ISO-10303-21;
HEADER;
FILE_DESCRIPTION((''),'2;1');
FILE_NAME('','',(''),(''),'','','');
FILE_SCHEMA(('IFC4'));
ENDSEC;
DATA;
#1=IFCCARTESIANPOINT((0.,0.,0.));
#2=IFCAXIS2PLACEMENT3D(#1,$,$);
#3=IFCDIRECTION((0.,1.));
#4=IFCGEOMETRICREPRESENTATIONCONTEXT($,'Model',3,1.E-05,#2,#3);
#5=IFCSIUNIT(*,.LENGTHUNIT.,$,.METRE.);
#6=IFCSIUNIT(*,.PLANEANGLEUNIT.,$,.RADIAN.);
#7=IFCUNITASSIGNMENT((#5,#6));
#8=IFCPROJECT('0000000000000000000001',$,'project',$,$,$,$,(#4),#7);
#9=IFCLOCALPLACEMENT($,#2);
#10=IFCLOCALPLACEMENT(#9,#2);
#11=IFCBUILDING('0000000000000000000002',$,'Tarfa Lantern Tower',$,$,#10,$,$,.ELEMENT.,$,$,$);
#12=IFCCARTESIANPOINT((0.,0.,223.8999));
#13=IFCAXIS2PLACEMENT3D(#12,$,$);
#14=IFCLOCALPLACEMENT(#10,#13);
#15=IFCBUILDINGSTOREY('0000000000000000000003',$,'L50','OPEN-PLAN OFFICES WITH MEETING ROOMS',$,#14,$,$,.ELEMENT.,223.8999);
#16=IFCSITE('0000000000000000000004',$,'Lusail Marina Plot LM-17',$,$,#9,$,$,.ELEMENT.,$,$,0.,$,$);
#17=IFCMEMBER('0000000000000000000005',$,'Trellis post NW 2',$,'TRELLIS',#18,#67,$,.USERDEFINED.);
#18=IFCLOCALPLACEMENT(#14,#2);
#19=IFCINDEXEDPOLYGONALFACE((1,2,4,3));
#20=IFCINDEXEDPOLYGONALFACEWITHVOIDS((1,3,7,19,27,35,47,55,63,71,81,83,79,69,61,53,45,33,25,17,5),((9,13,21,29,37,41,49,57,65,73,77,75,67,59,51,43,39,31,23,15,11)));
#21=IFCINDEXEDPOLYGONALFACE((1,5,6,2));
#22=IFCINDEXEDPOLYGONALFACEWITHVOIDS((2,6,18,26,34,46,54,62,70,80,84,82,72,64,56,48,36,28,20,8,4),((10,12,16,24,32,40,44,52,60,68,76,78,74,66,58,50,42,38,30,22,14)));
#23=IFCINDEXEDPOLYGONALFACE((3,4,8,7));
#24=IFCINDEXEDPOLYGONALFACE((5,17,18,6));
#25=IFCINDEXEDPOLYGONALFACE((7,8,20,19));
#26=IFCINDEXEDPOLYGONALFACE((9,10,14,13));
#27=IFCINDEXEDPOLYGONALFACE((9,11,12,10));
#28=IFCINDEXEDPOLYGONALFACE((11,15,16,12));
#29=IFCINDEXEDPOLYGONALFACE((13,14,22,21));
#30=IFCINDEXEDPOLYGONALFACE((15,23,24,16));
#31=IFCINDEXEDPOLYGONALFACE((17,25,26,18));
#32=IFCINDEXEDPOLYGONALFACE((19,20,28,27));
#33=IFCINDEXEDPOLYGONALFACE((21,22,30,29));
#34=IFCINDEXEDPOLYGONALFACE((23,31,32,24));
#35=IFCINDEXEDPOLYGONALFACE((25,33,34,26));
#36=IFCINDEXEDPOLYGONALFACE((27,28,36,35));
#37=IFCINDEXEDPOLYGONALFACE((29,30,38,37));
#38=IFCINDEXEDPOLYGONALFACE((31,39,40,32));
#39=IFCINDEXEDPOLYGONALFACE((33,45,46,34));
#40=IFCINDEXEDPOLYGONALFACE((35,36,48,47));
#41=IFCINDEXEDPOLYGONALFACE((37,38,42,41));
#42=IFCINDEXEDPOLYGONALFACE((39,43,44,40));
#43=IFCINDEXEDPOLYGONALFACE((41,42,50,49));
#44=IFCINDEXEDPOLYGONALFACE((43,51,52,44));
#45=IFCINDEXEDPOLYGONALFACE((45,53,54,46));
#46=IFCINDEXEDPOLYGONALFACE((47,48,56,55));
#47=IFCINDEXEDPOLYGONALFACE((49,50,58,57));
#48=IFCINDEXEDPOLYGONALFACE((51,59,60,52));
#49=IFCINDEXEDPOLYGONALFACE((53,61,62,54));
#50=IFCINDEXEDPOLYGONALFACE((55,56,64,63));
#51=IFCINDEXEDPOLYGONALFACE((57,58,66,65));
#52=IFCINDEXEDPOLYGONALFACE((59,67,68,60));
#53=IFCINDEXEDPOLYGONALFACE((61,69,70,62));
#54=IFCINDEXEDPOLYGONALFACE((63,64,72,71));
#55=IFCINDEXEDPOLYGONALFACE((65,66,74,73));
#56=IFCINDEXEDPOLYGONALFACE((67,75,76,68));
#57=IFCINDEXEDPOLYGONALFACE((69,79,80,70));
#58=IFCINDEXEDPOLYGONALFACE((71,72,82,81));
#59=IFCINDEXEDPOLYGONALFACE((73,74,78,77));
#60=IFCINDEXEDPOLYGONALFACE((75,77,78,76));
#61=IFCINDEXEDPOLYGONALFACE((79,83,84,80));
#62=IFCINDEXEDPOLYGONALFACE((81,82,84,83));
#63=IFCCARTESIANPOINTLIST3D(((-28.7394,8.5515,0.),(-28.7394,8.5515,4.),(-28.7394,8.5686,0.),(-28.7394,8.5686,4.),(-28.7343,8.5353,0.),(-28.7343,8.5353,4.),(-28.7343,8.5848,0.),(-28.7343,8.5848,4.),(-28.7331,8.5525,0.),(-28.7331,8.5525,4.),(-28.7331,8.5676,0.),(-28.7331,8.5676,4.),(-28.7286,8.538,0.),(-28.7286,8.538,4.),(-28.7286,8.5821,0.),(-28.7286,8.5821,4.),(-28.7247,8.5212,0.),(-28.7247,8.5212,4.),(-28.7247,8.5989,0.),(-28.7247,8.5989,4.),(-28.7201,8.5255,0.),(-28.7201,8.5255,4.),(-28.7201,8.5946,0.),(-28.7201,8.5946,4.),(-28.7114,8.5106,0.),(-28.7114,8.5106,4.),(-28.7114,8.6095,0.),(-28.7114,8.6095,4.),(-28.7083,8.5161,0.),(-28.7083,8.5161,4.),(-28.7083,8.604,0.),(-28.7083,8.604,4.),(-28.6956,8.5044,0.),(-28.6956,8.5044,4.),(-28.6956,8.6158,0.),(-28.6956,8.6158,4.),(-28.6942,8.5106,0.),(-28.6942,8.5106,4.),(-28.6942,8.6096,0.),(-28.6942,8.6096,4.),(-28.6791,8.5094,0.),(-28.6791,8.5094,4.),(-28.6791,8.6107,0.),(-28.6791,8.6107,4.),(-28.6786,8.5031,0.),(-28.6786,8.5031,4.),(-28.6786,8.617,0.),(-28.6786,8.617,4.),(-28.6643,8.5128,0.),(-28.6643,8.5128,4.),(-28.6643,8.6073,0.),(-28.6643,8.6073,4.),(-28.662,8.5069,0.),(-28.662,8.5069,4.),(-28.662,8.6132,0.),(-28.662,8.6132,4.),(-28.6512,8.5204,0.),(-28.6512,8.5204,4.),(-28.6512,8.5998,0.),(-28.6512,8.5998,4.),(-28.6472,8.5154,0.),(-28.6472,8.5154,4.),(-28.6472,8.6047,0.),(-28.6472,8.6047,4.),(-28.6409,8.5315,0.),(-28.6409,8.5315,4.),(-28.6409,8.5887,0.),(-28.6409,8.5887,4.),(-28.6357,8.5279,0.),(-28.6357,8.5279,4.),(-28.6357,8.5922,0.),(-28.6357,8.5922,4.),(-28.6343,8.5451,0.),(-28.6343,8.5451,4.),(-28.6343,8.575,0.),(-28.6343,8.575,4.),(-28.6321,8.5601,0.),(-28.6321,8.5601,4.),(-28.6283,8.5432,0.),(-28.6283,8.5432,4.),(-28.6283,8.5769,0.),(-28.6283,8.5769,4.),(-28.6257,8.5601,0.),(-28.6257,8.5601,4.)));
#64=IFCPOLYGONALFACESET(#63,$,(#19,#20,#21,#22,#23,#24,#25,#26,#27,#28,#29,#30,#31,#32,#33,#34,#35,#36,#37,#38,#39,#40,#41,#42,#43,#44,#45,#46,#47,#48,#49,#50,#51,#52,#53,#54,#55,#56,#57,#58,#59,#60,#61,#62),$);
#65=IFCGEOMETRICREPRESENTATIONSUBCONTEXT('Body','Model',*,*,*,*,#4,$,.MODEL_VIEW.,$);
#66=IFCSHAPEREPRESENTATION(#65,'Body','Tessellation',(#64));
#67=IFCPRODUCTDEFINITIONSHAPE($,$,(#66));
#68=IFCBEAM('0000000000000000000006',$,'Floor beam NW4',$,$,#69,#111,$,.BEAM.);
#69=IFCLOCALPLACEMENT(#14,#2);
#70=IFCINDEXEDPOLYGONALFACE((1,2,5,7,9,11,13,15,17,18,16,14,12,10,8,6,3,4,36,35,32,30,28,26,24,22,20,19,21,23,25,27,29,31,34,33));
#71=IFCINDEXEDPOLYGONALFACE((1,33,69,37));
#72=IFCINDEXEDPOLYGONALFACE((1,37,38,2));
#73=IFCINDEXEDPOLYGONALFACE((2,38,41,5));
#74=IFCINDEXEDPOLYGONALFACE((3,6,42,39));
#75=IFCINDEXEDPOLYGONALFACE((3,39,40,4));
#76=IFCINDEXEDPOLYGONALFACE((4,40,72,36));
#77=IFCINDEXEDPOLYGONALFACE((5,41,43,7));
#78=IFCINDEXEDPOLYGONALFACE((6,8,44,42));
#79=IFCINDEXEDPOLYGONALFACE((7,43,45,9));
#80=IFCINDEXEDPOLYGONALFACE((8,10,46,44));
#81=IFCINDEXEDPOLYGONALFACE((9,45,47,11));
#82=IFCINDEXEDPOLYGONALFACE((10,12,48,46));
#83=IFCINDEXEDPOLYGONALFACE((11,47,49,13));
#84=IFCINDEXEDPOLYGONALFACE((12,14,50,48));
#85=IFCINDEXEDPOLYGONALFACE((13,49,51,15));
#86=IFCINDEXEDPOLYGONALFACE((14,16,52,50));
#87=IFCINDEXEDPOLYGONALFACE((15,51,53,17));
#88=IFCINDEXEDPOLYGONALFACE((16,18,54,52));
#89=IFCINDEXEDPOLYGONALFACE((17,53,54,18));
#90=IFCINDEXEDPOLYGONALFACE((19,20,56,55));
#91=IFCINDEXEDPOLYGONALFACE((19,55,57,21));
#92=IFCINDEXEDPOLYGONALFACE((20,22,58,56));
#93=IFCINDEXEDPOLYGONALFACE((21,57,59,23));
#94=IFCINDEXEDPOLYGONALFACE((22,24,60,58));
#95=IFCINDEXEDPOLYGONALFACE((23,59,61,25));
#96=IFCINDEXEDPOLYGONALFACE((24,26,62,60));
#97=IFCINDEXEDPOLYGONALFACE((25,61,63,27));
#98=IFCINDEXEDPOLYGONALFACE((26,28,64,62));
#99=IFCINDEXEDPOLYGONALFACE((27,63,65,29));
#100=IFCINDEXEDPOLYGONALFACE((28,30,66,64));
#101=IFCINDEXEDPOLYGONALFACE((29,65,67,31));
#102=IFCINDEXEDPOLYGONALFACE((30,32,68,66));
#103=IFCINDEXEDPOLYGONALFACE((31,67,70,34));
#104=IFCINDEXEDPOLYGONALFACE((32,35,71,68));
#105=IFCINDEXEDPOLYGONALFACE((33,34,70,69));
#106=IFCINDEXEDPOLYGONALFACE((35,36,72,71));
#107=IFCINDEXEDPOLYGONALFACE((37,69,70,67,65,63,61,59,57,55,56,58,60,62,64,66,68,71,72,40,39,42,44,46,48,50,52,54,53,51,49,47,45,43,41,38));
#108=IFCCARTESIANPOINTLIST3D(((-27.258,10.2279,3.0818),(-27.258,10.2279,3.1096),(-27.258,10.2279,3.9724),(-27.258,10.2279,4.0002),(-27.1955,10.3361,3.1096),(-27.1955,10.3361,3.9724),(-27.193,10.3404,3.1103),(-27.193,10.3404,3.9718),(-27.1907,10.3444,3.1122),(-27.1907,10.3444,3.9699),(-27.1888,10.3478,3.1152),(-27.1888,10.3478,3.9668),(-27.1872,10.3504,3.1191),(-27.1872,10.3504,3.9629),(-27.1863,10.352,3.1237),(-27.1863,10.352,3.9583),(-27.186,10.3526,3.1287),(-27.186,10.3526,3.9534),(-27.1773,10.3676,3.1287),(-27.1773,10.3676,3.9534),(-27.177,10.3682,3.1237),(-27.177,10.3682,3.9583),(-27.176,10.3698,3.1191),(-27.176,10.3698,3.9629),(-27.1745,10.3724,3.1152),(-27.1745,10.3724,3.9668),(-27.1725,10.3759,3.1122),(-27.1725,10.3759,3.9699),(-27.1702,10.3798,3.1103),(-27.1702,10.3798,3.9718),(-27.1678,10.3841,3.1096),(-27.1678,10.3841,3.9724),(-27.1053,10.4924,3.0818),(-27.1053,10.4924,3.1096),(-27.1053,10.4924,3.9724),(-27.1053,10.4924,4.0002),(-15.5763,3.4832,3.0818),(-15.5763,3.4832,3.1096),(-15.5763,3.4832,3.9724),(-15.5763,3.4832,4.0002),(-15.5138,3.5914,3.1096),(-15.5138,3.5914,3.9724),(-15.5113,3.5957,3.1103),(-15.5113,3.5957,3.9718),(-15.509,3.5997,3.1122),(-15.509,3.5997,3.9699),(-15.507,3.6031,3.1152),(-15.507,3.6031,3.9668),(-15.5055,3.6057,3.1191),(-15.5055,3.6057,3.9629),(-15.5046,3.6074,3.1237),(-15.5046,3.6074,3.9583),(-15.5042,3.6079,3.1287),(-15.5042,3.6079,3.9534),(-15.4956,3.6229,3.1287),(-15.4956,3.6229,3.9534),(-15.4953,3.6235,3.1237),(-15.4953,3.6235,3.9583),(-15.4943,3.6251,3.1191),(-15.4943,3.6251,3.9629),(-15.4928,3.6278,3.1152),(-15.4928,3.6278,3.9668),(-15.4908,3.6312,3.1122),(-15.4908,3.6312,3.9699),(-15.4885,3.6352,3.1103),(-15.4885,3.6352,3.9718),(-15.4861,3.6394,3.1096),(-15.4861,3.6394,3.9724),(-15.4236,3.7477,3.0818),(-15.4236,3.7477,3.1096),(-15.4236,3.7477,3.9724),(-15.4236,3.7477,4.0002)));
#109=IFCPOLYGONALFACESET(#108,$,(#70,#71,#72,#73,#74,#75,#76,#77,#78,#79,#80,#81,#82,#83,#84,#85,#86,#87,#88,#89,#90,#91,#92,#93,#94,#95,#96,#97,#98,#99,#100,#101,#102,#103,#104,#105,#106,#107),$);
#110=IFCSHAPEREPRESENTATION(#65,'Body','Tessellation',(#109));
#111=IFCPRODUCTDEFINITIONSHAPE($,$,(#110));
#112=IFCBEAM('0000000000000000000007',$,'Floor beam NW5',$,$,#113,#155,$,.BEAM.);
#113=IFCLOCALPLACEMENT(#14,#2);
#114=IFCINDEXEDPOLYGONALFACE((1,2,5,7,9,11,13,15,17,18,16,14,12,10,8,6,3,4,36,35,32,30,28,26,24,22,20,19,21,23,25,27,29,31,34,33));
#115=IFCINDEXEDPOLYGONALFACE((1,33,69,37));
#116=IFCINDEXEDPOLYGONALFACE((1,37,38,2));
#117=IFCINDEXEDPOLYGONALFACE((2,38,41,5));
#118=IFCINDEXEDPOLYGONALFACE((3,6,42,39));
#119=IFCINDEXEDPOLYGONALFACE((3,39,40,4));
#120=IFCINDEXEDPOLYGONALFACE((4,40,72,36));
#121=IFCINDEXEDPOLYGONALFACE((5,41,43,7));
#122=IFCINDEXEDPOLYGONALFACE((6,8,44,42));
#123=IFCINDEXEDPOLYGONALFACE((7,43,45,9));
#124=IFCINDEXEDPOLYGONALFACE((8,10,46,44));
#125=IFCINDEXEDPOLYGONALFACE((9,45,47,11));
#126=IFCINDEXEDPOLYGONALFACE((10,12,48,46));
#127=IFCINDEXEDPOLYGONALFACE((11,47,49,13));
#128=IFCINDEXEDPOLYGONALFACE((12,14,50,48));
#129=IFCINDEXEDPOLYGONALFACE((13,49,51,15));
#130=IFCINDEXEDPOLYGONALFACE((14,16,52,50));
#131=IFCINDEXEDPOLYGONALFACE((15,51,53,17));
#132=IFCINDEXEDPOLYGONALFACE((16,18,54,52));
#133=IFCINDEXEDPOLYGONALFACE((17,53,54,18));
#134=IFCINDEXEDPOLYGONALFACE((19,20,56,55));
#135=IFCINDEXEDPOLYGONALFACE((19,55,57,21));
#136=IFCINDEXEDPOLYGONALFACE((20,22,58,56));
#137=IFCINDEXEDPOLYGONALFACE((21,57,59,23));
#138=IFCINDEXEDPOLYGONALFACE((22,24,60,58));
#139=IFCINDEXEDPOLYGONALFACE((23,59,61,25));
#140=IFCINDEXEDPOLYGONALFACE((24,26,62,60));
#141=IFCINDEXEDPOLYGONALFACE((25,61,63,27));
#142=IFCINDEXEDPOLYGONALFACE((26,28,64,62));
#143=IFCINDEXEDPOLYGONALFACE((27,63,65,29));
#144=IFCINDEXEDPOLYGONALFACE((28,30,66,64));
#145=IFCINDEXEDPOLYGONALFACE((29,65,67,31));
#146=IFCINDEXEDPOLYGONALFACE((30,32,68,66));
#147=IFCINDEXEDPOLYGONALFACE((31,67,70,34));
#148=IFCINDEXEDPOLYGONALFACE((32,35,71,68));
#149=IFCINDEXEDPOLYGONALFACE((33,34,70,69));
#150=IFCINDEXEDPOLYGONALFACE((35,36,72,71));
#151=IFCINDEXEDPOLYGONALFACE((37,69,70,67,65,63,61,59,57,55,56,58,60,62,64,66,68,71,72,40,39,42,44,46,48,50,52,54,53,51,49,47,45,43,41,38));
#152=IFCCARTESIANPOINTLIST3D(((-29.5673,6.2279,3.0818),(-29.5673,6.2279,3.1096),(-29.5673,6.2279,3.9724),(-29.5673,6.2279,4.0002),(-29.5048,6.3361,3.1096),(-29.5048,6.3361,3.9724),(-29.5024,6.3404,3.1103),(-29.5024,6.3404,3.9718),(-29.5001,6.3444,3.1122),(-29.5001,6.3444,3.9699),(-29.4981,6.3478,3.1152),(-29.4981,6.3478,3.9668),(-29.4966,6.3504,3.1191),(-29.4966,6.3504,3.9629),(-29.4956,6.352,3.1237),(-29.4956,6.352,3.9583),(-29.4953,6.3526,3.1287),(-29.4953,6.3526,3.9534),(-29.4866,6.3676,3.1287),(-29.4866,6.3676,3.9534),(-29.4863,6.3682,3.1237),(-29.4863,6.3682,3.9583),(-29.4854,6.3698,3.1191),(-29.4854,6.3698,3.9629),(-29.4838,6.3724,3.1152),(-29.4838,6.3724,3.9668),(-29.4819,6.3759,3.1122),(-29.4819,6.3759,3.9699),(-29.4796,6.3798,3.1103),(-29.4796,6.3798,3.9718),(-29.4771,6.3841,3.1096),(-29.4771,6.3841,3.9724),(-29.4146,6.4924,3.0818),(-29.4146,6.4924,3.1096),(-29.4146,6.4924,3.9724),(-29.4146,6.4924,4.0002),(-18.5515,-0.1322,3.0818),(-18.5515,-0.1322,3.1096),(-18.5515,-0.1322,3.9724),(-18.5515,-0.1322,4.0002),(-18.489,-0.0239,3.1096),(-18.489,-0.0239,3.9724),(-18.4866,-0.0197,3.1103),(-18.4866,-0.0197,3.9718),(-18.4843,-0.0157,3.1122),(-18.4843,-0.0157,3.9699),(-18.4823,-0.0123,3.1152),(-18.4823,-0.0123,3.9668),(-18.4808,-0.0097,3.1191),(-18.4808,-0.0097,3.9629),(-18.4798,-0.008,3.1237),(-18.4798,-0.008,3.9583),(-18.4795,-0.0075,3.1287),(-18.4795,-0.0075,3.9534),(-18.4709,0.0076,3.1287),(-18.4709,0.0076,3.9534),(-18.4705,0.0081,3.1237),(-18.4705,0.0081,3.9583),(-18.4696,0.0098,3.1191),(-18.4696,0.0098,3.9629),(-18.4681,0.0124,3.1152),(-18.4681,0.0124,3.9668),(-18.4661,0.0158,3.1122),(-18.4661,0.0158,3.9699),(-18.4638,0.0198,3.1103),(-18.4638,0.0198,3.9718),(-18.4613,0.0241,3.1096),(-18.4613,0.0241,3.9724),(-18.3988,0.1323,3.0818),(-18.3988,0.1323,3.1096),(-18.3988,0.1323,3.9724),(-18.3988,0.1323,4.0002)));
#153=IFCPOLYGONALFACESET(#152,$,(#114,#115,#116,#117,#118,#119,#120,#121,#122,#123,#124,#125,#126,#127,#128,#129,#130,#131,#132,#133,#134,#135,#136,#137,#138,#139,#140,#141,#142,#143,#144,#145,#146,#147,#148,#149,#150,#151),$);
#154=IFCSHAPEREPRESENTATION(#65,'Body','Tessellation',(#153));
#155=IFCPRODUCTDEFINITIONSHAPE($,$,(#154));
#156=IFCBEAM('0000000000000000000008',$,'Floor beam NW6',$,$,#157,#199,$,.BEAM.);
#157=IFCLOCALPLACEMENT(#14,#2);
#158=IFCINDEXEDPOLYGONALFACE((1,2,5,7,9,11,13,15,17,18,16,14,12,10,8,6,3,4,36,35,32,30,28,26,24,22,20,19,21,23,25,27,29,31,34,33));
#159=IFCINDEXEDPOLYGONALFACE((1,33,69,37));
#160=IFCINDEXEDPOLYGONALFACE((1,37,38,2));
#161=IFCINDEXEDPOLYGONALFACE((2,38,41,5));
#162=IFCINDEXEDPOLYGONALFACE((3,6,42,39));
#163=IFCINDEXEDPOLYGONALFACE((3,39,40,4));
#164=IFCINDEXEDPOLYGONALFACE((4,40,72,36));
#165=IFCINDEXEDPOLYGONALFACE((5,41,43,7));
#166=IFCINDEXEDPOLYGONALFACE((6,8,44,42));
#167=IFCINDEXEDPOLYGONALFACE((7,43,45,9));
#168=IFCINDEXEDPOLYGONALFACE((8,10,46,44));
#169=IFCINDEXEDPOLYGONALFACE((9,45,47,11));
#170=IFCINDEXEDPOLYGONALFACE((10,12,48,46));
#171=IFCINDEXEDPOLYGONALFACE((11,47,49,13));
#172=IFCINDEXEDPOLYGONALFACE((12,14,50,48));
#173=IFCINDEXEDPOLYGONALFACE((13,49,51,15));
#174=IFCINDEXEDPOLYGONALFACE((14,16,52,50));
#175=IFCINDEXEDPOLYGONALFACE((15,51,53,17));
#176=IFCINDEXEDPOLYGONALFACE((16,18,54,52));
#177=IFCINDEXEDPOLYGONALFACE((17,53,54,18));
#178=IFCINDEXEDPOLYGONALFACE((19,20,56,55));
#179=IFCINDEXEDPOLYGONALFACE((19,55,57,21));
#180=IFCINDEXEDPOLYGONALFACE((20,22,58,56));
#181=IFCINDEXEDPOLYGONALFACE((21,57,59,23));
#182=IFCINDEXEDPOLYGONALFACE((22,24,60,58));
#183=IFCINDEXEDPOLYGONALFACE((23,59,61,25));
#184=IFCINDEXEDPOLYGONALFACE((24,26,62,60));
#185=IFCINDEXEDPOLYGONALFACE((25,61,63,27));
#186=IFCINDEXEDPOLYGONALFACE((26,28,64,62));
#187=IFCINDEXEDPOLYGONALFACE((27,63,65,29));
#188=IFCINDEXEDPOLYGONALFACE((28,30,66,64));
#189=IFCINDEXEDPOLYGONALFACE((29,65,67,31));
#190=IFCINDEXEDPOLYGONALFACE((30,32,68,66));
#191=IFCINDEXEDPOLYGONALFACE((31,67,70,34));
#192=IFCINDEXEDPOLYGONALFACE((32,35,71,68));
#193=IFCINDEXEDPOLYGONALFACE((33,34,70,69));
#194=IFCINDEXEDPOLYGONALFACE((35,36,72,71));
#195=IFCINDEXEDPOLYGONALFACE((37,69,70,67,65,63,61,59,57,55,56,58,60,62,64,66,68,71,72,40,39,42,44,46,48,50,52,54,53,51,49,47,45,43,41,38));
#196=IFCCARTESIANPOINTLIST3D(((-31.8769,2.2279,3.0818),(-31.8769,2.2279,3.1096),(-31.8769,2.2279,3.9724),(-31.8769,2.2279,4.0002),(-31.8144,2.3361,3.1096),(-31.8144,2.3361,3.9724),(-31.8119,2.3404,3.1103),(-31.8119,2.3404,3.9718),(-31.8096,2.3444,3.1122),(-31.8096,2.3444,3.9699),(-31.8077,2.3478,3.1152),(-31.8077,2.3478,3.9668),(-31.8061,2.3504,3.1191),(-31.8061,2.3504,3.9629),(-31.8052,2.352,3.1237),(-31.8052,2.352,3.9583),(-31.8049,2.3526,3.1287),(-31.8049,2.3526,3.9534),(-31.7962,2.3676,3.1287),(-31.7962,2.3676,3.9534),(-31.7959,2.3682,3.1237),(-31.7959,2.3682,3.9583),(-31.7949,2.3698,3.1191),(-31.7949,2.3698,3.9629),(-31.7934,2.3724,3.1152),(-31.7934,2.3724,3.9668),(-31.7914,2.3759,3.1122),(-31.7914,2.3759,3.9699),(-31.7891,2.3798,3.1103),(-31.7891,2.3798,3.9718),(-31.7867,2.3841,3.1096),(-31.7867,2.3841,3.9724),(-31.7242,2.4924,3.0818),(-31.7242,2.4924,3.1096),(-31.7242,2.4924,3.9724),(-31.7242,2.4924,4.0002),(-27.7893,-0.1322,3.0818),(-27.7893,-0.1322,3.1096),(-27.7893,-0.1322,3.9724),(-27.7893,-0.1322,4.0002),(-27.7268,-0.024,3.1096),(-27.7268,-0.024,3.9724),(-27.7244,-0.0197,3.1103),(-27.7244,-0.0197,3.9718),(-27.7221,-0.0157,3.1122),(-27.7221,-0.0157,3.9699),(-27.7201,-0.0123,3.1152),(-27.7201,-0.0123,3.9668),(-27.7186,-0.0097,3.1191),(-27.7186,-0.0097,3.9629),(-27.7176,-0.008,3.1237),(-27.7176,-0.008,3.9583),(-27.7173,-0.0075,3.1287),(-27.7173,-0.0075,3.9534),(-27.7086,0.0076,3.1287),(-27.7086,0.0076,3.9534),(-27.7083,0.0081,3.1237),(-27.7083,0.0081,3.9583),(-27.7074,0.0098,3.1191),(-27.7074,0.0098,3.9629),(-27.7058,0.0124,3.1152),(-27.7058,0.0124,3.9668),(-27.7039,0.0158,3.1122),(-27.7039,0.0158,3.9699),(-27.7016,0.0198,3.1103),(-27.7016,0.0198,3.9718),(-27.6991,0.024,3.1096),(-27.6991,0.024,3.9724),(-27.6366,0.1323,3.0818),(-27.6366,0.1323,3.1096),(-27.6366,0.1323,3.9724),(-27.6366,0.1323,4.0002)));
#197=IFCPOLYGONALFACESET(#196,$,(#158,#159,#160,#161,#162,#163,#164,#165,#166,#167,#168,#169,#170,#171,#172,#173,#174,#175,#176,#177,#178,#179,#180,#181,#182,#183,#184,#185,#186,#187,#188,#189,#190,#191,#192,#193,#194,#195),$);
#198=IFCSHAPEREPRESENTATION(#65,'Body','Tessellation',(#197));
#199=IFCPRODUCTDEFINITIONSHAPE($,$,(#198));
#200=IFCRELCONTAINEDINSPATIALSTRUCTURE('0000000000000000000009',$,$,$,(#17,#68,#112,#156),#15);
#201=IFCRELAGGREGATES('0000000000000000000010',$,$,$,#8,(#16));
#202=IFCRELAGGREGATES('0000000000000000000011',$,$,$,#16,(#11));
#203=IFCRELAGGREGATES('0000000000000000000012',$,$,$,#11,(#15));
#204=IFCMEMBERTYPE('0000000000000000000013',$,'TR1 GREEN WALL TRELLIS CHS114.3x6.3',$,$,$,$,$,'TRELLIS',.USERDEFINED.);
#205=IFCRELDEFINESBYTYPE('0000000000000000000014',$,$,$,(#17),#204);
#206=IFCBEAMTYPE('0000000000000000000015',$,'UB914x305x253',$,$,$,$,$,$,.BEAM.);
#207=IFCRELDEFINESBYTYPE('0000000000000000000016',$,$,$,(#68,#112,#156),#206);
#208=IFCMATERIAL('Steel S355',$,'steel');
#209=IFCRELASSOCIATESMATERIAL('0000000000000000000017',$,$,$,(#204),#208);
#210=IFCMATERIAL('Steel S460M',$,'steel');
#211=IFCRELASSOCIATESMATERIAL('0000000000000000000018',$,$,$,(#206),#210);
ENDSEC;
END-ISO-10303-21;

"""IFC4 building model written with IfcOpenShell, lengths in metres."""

from ifc_helpers import new_model, si_unit, direction, frame, origin, origin_2d, place, context, subcontext, project, spatial, hollow_circle, i_section, extrude, material, material_profile, profile_set, type_object, element, save


model = new_model("IFC4")

# Units and contexts
model_context = context("Model", 3, precision=1e-05, world=origin(), true_north=direction((0.0, 1.0)))
body_context = subcontext(model_context, "Body", "Model", "MODEL_VIEW")
ifc_project = project(units=[si_unit("LENGTHUNIT", "METRE"), si_unit("PLANEANGLEUNIT", "RADIAN")], contexts=[model_context])

# Site, building, storey
site_placement = place(None, origin())
site = spatial("IfcSite", under=ifc_project, at=site_placement, Name="Lusail Marina Plot LM-17", CompositionType="ELEMENT", RefElevation=0.0)
building_placement = place(site_placement, origin())
building = spatial("IfcBuilding", under=site, at=building_placement, Name="Tarfa Lantern Tower", CompositionType="ELEMENT")
storey_placement = place(building_placement, frame((0.0, 0.0, 223.8999)))
storey = spatial("IfcBuildingStorey", under=building, at=storey_placement, Name="L50", Description="OPEN-PLAN OFFICES WITH MEETING ROOMS", CompositionType="ELEMENT", Elevation=223.8999)

# Member
ifc_material_1 = material(Name="Steel S355", Category="steel")
ifc_material_profile_1 = material_profile(ifc_material_1, hollow_circle(Radius=0.0571, WallThickness=0.0063, at=origin_2d()), Name="CHS114.3x6.3")
ifc_profile_set_1 = profile_set([ifc_material_profile_1], Name="Steel S355")
member_type_1 = type_object("IfcMemberType", Name="TR1 GREEN WALL TRELLIS CHS114.3x6.3", ElementType="TRELLIS", PredefinedType="USERDEFINED", material=ifc_profile_set_1)
member_1_placement = place(storey_placement, frame((-28.6829, 8.5601, 0.0), z_axis=(0.0, 0.0, 1.0), x_axis=(1.0, 0.0, 0.0)))
element("IfcMember", 1, at=member_1_placement, inside=storey, type_object=member_type_1, Name="Trellis post NW 2", ObjectType="TRELLIS", PredefinedType="USERDEFINED", context=body_context, shape_type="SweptSolid", body=[
    extrude(hollow_circle(Radius=0.0571, WallThickness=0.0063, at=origin_2d()), origin(), (0.0, 0.0, 1.0), 4.0),
])

# Beams
ifc_material_2 = material(Name="Steel S460M", Category="steel")
ifc_material_profile_2 = material_profile(ifc_material_2, i_section(OverallWidth=0.3054, OverallDepth=0.9185, WebThickness=0.0173, FlangeThickness=0.0278, FilletRadius=0.019, at=origin_2d()), Name="UB914x305x253")
ifc_profile_set_2 = profile_set([ifc_material_profile_2], Name="Steel S460M")
beam_type_1 = type_object("IfcBeamType", Name="UB914x305x253", PredefinedType="BEAM", material=ifc_profile_set_2)
beam_1_placement = place(storey_placement, frame((-27.1816, 10.3601, 3.541), z_axis=(0.866018, -0.500013, 0.0), x_axis=(0.500013, 0.866018, 0.0)))
element("IfcBeam", 2, at=beam_1_placement, inside=storey, type_object=beam_type_1, Name="Floor beam NW4", PredefinedType="BEAM", context=body_context, shape_type="SweptSolid", body=[
    extrude(i_section(OverallWidth=0.3054, OverallDepth=0.9185, WebThickness=0.0173, FlangeThickness=0.0278, FilletRadius=0.019, at=origin_2d()), origin(), (0.0, 0.0, 1.0), 13.489),
])
beam_2_placement = place(storey_placement, frame((-29.491, 6.3601, 3.541), z_axis=(0.866022, -0.500005, 0.0), x_axis=(0.500005, 0.866022, 0.0)))
element("IfcBeam", 3, at=beam_2_placement, inside=storey, type_object=beam_type_1, Name="Floor beam NW5", PredefinedType="BEAM", context=body_context, shape_type="SweptSolid", body=[
    extrude(i_section(OverallWidth=0.3054, OverallDepth=0.9185, WebThickness=0.0173, FlangeThickness=0.0278, FilletRadius=0.019, at=origin_2d()), origin(), (0.0, 0.0, 1.0), 12.72),
])
beam_3_placement = place(storey_placement, frame((-31.8005, 2.3601, 3.541), z_axis=(0.866016, -0.500016, 0.0), x_axis=(0.500016, 0.866016, 0.0)))
element("IfcBeam", 4, at=beam_3_placement, inside=storey, type_object=beam_type_1, Name="Floor beam NW6", PredefinedType="BEAM", context=body_context, shape_type="SweptSolid", body=[
    extrude(i_section(OverallWidth=0.3054, OverallDepth=0.9185, WebThickness=0.0173, FlangeThickness=0.0278, FilletRadius=0.019, at=origin_2d()), origin(), (0.0, 0.0, 1.0), 4.72),
])

save(model, "model.ifc")
